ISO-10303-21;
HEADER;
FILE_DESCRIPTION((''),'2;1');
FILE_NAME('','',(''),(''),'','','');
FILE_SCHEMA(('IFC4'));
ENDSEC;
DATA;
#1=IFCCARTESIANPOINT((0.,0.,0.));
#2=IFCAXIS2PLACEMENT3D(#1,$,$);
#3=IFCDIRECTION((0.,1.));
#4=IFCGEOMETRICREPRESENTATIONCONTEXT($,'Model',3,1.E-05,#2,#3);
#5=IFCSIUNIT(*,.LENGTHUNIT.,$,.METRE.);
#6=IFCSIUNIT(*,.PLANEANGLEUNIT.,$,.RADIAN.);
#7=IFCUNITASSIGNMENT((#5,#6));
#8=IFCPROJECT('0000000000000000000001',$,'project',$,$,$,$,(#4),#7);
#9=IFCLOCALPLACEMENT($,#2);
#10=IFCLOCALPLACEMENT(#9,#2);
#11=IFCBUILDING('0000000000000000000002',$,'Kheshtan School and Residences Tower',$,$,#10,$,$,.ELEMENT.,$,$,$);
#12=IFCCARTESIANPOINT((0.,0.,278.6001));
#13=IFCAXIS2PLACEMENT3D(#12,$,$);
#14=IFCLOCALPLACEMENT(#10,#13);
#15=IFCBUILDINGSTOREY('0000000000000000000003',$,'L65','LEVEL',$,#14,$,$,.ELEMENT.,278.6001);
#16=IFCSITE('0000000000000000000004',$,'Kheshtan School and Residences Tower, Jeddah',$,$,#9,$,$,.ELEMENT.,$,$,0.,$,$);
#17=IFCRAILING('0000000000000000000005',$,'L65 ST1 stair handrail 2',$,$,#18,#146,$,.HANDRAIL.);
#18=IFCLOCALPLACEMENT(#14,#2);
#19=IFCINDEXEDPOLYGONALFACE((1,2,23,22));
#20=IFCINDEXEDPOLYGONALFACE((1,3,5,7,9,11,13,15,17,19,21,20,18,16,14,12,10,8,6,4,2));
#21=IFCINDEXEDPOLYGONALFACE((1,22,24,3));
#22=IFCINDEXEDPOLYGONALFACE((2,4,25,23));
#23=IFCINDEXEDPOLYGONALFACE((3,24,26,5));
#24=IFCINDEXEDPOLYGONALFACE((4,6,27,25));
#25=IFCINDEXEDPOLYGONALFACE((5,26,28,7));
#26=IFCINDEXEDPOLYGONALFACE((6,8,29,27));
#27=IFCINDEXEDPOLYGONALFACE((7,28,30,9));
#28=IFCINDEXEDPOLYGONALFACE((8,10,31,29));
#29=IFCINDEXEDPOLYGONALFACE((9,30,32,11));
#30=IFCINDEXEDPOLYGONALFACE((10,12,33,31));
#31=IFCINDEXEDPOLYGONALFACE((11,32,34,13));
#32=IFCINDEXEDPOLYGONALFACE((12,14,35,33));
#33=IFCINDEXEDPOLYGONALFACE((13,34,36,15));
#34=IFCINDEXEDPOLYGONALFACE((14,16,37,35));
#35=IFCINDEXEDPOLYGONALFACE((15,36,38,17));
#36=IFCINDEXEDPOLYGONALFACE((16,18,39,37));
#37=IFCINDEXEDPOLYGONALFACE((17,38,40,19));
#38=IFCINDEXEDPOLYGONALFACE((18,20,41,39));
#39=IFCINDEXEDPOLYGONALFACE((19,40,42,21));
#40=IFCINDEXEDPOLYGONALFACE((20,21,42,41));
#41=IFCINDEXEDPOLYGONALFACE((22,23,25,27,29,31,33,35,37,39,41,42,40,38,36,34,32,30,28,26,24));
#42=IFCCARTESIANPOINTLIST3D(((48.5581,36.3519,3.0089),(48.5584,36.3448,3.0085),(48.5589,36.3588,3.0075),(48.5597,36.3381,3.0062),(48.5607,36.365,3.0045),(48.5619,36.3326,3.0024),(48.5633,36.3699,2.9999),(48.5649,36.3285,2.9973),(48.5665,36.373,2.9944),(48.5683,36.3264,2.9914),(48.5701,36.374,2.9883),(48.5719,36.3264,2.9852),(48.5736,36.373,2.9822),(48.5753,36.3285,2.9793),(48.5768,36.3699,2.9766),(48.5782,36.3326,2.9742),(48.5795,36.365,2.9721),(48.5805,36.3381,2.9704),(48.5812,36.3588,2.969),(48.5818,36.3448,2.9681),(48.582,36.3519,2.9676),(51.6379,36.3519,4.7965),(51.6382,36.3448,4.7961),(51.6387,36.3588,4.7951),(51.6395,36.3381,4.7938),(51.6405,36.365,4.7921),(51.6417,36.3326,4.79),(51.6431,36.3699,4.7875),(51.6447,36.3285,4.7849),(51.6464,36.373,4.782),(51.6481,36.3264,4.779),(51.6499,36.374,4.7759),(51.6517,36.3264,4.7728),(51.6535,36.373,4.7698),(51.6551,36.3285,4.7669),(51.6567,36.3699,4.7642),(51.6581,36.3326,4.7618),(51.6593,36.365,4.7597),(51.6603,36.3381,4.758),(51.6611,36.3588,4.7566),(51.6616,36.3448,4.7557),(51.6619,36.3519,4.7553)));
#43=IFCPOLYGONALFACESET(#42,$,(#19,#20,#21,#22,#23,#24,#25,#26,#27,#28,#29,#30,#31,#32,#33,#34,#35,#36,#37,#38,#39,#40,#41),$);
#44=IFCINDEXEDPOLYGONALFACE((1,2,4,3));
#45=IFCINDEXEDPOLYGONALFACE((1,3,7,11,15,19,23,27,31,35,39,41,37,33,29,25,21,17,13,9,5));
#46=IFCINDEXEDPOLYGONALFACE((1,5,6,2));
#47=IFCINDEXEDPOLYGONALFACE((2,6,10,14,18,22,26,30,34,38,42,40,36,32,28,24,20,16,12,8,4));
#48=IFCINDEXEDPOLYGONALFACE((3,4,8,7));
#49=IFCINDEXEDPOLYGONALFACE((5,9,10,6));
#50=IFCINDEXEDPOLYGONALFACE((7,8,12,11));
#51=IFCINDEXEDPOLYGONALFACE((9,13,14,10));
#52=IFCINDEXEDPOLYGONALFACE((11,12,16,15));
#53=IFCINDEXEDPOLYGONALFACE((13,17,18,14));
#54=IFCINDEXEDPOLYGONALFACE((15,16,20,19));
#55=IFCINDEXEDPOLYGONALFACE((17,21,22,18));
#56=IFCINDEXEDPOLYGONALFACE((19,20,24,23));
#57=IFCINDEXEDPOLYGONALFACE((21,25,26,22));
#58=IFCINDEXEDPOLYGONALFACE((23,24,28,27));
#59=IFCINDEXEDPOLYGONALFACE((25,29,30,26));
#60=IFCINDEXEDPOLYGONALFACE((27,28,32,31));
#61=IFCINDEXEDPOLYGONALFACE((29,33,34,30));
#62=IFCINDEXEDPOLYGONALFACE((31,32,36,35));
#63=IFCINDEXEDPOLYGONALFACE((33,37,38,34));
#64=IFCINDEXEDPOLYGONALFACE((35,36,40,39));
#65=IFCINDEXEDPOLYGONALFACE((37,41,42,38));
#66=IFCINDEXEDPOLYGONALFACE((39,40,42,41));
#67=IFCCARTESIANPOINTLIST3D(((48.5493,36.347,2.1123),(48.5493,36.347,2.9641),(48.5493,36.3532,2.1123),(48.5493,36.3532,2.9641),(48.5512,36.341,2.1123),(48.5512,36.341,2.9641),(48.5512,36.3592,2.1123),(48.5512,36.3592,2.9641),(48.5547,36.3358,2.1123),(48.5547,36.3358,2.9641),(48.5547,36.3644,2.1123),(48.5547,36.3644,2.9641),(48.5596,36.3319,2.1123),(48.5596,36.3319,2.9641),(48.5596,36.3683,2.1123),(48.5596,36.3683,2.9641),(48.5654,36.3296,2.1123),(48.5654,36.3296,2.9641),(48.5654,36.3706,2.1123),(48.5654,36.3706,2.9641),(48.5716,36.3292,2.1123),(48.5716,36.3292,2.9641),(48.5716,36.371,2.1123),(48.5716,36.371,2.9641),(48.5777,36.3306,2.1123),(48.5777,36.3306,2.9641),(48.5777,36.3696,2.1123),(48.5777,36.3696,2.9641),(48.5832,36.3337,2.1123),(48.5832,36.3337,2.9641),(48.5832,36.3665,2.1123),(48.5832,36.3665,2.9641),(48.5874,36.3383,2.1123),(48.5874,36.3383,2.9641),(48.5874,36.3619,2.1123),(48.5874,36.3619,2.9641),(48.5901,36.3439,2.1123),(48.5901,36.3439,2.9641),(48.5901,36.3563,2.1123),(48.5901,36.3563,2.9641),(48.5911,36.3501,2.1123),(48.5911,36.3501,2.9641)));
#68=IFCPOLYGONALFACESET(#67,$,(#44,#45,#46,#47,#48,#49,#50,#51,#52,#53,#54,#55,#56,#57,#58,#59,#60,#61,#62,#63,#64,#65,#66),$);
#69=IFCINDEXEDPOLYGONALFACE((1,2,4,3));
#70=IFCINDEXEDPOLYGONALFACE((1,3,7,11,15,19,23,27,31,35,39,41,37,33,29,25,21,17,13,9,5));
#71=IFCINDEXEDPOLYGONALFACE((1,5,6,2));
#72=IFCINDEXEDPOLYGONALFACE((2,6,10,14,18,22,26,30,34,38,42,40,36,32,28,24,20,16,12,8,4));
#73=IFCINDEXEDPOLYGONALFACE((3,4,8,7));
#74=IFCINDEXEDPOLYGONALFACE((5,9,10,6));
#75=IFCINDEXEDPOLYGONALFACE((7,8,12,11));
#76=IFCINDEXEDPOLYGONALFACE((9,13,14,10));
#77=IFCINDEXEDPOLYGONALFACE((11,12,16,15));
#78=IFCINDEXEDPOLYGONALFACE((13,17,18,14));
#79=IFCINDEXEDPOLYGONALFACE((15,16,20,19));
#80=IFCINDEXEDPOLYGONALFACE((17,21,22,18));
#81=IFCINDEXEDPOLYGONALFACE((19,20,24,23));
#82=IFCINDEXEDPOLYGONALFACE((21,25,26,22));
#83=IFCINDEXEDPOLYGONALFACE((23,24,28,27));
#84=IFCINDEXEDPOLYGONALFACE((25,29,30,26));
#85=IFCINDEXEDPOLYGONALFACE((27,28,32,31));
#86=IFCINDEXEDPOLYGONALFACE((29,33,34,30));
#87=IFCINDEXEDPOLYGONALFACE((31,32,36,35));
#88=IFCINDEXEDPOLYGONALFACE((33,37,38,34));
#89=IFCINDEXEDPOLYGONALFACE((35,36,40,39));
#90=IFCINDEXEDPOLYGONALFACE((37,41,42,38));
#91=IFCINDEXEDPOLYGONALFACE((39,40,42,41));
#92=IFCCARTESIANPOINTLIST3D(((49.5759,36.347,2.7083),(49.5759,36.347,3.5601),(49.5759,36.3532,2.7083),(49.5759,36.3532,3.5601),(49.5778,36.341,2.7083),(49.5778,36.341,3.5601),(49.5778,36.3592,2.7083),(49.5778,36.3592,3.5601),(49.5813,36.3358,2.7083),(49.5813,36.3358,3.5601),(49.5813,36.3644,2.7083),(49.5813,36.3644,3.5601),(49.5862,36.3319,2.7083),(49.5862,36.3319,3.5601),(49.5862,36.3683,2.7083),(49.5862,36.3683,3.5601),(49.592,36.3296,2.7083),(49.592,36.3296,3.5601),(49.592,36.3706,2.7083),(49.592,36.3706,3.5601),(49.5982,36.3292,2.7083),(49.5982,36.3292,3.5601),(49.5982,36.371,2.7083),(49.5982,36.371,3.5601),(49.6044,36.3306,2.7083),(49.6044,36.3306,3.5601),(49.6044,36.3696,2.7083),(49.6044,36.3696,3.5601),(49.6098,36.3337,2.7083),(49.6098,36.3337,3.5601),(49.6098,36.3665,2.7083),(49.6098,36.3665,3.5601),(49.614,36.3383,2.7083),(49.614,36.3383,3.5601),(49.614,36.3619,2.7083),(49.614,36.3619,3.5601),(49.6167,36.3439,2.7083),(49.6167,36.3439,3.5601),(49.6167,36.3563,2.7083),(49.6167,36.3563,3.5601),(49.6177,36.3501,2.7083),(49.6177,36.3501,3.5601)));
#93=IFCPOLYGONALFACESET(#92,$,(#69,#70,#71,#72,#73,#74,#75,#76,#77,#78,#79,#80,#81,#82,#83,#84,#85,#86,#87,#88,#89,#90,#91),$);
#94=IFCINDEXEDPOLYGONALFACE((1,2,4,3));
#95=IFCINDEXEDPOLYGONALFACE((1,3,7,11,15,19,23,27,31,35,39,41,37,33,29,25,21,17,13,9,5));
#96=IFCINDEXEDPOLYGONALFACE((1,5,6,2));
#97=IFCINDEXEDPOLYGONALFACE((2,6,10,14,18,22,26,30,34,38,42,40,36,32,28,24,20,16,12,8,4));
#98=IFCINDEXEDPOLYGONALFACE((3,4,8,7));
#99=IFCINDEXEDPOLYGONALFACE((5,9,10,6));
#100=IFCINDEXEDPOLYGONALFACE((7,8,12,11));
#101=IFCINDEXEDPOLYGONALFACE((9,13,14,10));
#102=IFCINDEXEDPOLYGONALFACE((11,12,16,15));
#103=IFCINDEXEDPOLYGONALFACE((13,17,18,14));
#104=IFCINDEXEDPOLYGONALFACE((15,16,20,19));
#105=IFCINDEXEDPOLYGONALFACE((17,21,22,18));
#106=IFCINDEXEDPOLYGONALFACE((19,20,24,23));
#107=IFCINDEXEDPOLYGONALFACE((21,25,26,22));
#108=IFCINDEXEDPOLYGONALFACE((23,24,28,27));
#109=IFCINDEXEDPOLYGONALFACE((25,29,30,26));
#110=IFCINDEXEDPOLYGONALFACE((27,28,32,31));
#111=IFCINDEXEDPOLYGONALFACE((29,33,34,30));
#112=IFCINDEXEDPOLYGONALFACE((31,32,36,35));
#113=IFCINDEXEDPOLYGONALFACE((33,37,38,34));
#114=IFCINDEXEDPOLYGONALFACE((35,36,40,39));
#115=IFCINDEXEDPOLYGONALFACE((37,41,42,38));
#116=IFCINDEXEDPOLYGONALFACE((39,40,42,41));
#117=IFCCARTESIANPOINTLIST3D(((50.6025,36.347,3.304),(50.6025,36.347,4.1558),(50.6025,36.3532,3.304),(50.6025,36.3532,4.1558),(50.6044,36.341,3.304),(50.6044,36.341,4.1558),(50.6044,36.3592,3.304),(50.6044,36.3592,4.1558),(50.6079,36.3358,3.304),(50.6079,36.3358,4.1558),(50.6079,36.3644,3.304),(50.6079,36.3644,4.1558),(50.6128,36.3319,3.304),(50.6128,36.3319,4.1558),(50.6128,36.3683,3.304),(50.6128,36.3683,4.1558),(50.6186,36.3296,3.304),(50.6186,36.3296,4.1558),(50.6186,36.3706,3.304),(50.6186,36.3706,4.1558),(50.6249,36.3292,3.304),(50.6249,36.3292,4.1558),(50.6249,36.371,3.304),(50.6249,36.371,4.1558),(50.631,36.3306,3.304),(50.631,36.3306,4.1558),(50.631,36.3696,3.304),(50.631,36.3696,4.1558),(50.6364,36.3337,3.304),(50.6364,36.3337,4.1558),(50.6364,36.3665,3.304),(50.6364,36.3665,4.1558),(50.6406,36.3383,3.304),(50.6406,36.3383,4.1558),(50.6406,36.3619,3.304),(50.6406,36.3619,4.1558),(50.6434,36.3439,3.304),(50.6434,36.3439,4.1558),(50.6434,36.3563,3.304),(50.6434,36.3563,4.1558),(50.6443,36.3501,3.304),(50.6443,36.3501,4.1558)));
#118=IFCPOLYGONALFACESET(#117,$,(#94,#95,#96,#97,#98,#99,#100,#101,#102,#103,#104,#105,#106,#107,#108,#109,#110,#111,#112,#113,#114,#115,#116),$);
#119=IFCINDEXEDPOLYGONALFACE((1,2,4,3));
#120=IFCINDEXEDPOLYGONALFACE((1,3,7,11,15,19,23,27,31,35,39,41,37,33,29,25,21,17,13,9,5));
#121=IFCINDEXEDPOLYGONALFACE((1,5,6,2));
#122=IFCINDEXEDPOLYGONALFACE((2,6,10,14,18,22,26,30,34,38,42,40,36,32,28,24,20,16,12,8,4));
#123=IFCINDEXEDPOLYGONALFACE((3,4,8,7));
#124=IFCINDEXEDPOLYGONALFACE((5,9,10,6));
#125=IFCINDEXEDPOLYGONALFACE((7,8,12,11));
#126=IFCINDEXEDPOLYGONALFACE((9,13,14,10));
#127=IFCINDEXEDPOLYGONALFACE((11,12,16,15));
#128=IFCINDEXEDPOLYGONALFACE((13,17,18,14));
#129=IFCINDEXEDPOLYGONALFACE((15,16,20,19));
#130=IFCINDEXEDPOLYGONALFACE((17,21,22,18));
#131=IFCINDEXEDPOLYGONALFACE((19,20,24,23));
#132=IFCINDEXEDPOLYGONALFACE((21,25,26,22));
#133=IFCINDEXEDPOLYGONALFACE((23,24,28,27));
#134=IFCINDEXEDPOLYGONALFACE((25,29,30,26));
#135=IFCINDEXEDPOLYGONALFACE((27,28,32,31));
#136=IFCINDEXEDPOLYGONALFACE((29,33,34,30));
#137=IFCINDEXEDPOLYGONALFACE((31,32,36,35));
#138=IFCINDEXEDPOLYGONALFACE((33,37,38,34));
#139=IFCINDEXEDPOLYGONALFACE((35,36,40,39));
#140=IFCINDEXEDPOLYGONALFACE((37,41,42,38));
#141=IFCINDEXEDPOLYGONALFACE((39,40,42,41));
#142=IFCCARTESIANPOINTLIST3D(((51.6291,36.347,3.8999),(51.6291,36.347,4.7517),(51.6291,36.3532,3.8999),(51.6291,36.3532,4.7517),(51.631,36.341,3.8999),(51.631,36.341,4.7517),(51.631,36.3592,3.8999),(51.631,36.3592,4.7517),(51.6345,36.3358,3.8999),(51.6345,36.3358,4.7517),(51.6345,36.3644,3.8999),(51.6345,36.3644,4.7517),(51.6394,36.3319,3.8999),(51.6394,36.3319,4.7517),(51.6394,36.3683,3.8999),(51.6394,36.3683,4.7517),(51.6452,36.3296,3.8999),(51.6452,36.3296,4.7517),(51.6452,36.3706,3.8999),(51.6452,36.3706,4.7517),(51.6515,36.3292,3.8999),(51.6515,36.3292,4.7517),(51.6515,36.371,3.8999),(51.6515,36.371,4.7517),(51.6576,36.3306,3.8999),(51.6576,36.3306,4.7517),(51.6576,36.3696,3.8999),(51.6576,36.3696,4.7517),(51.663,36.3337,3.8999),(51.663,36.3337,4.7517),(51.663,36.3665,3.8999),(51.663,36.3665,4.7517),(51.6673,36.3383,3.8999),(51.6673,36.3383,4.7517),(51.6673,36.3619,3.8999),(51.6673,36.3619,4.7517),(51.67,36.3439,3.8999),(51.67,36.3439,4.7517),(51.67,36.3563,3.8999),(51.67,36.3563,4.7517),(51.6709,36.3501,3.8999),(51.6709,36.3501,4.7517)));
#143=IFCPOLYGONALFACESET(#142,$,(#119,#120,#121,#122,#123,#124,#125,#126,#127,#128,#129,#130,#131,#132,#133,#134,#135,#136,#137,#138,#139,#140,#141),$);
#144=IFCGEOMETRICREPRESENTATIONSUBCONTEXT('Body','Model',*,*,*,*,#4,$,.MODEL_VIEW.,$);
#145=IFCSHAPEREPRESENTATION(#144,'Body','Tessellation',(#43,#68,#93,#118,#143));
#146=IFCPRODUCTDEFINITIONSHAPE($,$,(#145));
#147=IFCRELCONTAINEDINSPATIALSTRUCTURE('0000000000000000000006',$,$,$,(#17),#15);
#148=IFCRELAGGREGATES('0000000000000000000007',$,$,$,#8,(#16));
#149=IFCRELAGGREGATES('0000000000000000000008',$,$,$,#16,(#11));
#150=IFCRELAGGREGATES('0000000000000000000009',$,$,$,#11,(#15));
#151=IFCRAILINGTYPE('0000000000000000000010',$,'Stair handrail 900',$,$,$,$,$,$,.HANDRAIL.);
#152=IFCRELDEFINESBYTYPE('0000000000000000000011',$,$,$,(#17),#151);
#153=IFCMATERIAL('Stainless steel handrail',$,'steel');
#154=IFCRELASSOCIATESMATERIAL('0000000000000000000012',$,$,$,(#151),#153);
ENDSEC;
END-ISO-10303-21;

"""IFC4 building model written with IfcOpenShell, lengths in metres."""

from ifc_helpers import new_model, si_unit, direction, frame, origin, origin_2d, place, context, subcontext, project, spatial, circle, extrude, material, type_object, element, save


model = new_model("IFC4")

# Units and contexts
model_context = context("Model", 3, precision=1e-05, world=origin(), true_north=direction((0.0, 1.0)))
body_context = subcontext(model_context, "Body", "Model", "MODEL_VIEW")
ifc_project = project(units=[si_unit("LENGTHUNIT", "METRE"), si_unit("PLANEANGLEUNIT", "RADIAN")], contexts=[model_context])

# Site, building, storey
site_placement = place(None, origin())
site = spatial("IfcSite", under=ifc_project, at=site_placement, Name="Kheshtan School and Residences Tower, Jeddah", CompositionType="ELEMENT", RefElevation=0.0)
building_placement = place(site_placement, origin())
building = spatial("IfcBuilding", under=site, at=building_placement, Name="Kheshtan School and Residences Tower", CompositionType="ELEMENT")
storey_placement = place(building_placement, frame((0.0, 0.0, 278.6001)))
storey = spatial("IfcBuildingStorey", under=building, at=storey_placement, Name="L65", Description="LEVEL", CompositionType="ELEMENT", Elevation=278.6001)

# Railing
ifc_material_1 = material(Name="Stainless steel handrail", Category="steel")
railing_type_1 = type_object("IfcRailingType", Name="Stair handrail 900", PredefinedType="HANDRAIL", material=ifc_material_1)
railing_1_placement = place(storey_placement, frame((48.5701, 36.3501, 2.1123)))
element("IfcRailing", 1, at=railing_1_placement, inside=storey, type_object=railing_type_1, Name="L65 ST1 stair handrail 2", PredefinedType="HANDRAIL", context=body_context, shape_type="SweptSolid", body=[
    extrude(circle(Radius=0.0239, at=origin_2d()), frame((0.0, 0.0, 0.876), z_axis=(0.864873, 0.0, 0.50199), x_axis=(0.0, 1.0, 0.0)), (0.0, 0.0, 1.0), 3.561),
    extrude(circle(Radius=0.021, at=origin_2d()), origin(), (0.0, 0.0, 1.0), 0.8518),
    extrude(circle(Radius=0.021, at=origin_2d()), frame((1.0266, 0.0, 0.5959)), (0.0, 0.0, 1.0), 0.8518),
    extrude(circle(Radius=0.021, at=origin_2d()), frame((2.0532, 0.0, 1.1917)), (0.0, 0.0, 1.0), 0.8518),
    extrude(circle(Radius=0.021, at=origin_2d()), frame((3.0798, 0.0, 1.7876)), (0.0, 0.0, 1.0), 0.8518),
])

save(model, "model.ifc")
